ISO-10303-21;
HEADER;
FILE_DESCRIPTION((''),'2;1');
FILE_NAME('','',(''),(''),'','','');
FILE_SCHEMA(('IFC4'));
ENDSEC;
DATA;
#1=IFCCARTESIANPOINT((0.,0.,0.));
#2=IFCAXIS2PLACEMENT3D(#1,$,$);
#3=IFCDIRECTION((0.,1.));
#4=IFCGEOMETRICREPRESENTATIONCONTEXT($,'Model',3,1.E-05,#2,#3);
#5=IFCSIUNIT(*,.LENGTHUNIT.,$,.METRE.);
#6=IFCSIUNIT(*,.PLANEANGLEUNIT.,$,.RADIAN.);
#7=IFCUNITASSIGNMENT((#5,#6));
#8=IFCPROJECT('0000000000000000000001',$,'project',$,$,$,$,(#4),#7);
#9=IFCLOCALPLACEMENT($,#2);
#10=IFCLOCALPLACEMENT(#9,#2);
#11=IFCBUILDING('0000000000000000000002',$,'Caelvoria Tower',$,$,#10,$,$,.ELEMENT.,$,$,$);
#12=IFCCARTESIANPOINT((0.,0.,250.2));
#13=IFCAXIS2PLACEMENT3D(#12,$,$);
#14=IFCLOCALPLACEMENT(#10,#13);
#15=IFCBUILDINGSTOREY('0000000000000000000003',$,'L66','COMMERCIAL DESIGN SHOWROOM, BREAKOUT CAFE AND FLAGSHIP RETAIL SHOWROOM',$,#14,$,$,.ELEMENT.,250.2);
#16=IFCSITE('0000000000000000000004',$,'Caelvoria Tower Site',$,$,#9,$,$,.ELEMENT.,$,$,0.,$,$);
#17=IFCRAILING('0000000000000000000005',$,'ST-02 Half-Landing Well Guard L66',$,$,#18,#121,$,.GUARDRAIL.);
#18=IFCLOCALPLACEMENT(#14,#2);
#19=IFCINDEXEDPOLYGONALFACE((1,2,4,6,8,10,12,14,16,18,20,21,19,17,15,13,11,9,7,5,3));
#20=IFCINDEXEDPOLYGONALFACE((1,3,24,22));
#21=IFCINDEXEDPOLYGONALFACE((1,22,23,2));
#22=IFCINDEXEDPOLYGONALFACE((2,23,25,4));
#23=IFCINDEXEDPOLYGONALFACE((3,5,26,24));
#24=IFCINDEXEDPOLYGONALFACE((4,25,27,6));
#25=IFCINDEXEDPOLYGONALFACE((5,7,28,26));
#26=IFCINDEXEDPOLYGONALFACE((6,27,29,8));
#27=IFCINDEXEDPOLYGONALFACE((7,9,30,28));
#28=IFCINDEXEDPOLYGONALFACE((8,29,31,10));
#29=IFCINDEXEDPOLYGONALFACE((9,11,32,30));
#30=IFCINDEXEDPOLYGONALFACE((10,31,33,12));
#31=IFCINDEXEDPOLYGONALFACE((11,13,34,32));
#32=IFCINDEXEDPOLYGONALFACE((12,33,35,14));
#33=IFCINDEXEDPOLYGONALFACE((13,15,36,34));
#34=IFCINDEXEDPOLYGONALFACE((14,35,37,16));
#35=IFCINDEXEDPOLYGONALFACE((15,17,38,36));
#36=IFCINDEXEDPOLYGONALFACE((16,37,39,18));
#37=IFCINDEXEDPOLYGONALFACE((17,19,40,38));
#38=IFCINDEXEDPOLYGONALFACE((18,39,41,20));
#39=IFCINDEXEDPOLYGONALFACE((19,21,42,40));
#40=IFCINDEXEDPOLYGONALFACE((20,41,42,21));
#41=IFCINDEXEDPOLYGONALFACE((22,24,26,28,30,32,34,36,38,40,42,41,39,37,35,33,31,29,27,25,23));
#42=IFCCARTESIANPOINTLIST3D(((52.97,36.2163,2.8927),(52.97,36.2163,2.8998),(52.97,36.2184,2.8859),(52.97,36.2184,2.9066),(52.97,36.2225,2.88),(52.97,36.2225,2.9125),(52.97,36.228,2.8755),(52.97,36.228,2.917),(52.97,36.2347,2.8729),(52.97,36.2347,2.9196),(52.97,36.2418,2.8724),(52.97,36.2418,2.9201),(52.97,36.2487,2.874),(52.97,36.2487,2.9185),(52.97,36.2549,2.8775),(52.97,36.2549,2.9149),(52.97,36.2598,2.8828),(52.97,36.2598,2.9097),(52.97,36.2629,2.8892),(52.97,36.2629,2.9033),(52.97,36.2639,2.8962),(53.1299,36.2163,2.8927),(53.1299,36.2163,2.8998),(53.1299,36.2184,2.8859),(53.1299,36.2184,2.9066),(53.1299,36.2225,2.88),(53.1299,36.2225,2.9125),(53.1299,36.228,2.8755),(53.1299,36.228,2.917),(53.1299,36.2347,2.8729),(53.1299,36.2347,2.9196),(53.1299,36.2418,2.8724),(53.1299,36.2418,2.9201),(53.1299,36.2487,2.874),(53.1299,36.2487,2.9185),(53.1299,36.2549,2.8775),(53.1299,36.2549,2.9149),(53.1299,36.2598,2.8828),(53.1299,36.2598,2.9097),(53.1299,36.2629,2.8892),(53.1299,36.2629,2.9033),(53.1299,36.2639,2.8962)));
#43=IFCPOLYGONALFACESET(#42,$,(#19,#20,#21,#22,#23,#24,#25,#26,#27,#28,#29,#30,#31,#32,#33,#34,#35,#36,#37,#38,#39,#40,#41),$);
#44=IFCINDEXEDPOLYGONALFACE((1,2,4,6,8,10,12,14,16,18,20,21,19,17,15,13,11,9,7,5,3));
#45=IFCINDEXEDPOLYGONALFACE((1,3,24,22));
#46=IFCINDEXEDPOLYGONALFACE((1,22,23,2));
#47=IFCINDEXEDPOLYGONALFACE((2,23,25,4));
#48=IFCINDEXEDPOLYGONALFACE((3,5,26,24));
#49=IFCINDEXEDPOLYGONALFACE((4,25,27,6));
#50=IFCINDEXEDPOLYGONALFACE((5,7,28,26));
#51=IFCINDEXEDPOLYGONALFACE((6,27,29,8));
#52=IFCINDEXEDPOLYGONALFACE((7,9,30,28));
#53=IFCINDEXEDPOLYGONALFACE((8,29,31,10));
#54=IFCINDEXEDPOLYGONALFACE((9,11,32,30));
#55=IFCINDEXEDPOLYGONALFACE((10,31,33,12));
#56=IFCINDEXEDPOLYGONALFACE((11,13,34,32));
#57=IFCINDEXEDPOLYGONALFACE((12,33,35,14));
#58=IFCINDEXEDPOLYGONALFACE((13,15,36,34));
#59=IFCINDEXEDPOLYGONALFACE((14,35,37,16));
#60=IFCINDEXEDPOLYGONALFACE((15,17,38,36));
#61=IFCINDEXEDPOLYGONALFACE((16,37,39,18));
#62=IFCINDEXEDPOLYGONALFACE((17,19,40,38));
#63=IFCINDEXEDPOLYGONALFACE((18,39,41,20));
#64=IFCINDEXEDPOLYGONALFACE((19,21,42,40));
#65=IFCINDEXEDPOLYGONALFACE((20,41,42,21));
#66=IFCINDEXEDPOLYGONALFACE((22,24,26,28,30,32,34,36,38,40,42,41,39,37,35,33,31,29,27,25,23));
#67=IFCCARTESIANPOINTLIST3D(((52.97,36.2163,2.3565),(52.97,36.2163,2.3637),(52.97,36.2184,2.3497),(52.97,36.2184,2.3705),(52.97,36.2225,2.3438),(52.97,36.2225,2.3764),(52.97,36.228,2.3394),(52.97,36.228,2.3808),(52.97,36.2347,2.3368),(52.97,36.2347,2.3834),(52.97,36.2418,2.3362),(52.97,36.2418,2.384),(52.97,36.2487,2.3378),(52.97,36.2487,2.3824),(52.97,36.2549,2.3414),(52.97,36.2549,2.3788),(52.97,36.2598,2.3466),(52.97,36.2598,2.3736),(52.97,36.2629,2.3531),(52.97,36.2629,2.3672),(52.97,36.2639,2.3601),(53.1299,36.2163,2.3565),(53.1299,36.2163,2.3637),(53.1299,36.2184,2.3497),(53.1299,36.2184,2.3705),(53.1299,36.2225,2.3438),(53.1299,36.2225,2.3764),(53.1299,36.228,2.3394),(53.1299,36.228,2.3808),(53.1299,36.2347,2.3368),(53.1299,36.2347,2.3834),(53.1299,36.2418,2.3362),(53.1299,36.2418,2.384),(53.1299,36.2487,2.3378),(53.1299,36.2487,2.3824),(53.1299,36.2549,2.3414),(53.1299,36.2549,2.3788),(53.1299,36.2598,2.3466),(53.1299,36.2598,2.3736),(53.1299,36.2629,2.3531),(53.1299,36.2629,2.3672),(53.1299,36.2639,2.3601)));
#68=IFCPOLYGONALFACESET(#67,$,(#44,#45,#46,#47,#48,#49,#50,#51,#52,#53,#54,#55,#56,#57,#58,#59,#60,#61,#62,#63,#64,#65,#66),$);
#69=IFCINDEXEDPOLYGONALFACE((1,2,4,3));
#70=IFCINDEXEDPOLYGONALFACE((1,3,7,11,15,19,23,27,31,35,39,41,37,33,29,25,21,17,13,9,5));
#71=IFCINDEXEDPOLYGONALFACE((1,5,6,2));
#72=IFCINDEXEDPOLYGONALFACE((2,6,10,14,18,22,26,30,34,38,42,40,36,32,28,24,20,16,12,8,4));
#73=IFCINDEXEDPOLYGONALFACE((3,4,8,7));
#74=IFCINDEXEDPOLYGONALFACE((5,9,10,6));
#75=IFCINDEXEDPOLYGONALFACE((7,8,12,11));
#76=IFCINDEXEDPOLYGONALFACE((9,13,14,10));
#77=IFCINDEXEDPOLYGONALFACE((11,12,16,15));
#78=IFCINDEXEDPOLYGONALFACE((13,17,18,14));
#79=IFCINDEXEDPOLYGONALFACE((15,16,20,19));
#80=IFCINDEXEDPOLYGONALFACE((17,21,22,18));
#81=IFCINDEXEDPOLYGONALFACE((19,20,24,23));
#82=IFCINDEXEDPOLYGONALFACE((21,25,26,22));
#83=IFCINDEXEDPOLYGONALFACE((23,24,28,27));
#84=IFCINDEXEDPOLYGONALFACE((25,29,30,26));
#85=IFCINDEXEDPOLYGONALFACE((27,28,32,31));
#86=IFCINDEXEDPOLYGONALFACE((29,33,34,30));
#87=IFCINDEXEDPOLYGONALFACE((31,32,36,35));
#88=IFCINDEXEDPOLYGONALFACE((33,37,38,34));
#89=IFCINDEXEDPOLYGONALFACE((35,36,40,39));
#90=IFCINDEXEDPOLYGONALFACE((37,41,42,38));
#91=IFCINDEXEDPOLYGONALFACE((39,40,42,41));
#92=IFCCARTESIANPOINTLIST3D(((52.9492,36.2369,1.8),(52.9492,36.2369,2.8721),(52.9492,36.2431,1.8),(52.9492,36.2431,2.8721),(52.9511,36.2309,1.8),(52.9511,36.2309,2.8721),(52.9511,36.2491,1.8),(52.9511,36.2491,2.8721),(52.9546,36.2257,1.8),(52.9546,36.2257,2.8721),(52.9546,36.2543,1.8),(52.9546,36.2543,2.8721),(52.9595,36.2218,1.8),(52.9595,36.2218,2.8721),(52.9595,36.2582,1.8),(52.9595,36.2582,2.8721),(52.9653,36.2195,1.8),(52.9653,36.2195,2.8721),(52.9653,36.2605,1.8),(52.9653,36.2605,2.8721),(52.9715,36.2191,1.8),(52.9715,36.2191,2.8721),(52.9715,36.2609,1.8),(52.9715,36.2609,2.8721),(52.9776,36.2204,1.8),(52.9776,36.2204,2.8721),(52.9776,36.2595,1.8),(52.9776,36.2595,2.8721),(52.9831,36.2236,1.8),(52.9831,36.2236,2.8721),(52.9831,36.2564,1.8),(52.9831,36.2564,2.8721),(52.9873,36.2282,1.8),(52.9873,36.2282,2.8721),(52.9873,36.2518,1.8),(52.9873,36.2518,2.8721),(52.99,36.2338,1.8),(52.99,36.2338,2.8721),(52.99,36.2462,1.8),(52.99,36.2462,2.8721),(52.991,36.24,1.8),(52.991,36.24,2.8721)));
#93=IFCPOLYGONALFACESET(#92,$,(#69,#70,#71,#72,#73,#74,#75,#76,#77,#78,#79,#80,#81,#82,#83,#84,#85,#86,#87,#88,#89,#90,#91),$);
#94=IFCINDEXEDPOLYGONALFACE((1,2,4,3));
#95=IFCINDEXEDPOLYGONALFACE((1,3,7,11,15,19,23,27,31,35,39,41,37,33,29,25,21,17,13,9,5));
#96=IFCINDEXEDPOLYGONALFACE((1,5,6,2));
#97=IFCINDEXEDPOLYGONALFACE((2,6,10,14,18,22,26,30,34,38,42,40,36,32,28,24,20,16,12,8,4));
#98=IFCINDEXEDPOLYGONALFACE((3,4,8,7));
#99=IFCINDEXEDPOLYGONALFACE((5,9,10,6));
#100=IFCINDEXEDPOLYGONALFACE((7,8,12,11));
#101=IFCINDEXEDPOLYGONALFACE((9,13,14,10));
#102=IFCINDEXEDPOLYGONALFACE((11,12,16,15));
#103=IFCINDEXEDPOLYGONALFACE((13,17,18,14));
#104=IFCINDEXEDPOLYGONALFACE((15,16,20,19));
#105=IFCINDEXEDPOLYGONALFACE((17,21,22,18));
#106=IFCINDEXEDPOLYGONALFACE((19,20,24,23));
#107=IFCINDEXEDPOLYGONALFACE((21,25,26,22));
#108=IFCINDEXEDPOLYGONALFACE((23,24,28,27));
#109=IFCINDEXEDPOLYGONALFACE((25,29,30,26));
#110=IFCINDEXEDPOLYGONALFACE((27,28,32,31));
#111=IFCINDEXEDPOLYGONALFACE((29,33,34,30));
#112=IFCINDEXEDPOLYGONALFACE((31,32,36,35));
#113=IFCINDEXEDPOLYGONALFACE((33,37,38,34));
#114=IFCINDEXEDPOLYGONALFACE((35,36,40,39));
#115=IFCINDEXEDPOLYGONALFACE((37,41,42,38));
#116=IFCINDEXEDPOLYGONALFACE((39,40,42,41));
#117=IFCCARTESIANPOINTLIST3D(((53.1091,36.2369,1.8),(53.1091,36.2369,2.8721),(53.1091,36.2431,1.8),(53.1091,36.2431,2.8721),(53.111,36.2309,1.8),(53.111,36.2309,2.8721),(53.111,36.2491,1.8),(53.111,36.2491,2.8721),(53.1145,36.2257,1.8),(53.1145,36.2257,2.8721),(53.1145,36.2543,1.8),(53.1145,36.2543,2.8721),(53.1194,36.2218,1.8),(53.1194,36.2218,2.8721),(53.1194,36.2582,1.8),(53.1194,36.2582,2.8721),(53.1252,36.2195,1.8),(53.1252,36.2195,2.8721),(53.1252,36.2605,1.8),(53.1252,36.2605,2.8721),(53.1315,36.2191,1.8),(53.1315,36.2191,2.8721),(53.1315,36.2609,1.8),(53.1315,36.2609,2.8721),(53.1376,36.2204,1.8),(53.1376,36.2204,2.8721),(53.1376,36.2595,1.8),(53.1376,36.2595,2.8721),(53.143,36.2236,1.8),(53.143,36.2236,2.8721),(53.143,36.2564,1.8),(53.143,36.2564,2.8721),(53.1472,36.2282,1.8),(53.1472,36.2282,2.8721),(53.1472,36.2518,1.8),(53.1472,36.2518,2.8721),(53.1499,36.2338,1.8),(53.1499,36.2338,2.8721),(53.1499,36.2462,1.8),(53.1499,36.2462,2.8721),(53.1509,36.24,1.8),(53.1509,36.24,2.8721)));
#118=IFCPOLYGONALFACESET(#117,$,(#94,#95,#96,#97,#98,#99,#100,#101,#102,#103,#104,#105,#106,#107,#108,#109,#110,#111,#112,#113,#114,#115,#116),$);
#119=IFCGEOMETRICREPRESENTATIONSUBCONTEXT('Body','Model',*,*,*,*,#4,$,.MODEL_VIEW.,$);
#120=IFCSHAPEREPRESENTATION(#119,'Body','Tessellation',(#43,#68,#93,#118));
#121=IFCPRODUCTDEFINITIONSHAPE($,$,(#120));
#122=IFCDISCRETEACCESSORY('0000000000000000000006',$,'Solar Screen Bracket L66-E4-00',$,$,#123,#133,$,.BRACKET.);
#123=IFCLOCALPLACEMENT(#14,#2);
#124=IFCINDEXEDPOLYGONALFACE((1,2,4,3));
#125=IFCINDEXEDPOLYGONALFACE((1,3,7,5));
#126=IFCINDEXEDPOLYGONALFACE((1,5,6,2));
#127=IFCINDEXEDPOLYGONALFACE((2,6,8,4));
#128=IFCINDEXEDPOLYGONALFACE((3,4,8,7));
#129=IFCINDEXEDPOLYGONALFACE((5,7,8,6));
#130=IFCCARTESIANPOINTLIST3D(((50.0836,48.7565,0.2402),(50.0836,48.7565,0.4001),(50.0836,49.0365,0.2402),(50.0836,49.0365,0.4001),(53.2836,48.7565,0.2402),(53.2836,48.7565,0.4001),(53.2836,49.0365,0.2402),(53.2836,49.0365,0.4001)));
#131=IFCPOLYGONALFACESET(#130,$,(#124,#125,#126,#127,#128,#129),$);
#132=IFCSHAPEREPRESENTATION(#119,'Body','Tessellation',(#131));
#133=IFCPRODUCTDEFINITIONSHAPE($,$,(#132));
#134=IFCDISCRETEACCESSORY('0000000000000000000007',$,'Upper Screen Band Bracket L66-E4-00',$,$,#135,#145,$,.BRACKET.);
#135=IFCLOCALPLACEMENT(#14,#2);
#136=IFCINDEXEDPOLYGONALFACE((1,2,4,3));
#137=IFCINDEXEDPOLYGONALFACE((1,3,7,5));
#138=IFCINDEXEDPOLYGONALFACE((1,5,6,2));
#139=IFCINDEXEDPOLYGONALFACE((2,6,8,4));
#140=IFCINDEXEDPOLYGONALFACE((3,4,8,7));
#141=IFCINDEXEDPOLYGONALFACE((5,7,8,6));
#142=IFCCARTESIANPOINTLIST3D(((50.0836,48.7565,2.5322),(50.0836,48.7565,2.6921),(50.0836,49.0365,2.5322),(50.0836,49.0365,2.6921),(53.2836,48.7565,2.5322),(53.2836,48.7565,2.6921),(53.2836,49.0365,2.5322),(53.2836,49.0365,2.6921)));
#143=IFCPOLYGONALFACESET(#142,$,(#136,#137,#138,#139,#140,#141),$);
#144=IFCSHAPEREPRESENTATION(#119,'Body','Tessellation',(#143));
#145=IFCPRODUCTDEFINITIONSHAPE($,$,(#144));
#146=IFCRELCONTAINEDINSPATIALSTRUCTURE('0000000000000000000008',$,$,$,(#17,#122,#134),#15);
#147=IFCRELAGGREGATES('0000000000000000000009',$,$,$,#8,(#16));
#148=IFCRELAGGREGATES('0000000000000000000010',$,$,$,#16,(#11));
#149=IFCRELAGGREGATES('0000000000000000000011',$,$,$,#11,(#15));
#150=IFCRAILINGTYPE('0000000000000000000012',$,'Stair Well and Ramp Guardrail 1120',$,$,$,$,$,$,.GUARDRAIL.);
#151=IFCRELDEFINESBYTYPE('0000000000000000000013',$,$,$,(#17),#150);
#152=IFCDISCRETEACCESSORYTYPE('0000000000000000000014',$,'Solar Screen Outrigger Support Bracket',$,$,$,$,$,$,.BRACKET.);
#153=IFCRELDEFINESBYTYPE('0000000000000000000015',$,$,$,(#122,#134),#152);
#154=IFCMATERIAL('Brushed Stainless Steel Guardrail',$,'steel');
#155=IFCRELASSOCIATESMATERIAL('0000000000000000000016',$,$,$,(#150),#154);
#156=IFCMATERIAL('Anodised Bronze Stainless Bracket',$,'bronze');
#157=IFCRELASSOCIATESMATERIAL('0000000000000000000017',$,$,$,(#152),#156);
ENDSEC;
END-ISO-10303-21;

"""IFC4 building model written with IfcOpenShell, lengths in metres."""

from ifc_helpers import new_model, si_unit, direction, frame, origin, origin_2d, place, context, subcontext, project, spatial, rectangle, circle, extrude, material, type_object, element, save


model = new_model("IFC4")

# Units and contexts
model_context = context("Model", 3, precision=1e-05, world=origin(), true_north=direction((0.0, 1.0)))
body_context = subcontext(model_context, "Body", "Model", "MODEL_VIEW")
ifc_project = project(units=[si_unit("LENGTHUNIT", "METRE"), si_unit("PLANEANGLEUNIT", "RADIAN")], contexts=[model_context])

# Site, building, storey
site_placement = place(None, origin())
site = spatial("IfcSite", under=ifc_project, at=site_placement, Name="Caelvoria Tower Site", CompositionType="ELEMENT", RefElevation=0.0)
building_placement = place(site_placement, origin())
building = spatial("IfcBuilding", under=site, at=building_placement, Name="Caelvoria Tower", CompositionType="ELEMENT")
storey_placement = place(building_placement, frame((0.0, 0.0, 250.2)))
storey = spatial("IfcBuildingStorey", under=building, at=storey_placement, Name="L66", Description="COMMERCIAL DESIGN SHOWROOM, BREAKOUT CAFE AND FLAGSHIP RETAIL SHOWROOM", CompositionType="ELEMENT", Elevation=250.2)

# Railing
ifc_material_1 = material(Name="Brushed Stainless Steel Guardrail", Category="steel")
railing_type_1 = type_object("IfcRailingType", Name="Stair Well and Ramp Guardrail 1120", PredefinedType="GUARDRAIL", material=ifc_material_1)
railing_1_placement = place(storey_placement, frame((52.97, 36.24, 1.8)))
element("IfcRailing", 1, at=railing_1_placement, inside=storey, type_object=railing_type_1, Name="ST-02 Half-Landing Well Guard L66", PredefinedType="GUARDRAIL", context=body_context, shape_type="SweptSolid", body=[
    extrude(circle(Radius=0.0239, at=origin_2d()), frame((0.0, 0.0, 1.0962), z_axis=(1.0, 0.0, 0.0), x_axis=(0.0, 1.0, 0.0)), (0.0, 0.0, 1.0), 0.1599),
    extrude(circle(Radius=0.0239, at=origin_2d()), frame((0.0, 0.0, 0.5601), z_axis=(1.0, 0.0, 0.0), x_axis=(0.0, 1.0, 0.0)), (0.0, 0.0, 1.0), 0.1599),
    extrude(circle(Radius=0.021, at=origin_2d()), origin(), (0.0, 0.0, 1.0), 1.072),
    extrude(circle(Radius=0.021, at=origin_2d()), frame((0.1599, 0.0, 0.0)), (0.0, 0.0, 1.0), 1.072),
])

# Discrete accessories
ifc_material_2 = material(Name="Anodised Bronze Stainless Bracket", Category="bronze")
discrete_accessory_type = type_object("IfcDiscreteAccessoryType", Name="Solar Screen Outrigger Support Bracket", PredefinedType="BRACKET", material=ifc_material_2)
for number, where, z_axis, x_axis, name in (
    (2, (51.6836, 48.8965, 0.2402), (0.0, 0.0, 1.0), (-1.0, 0.0, 0.0), "Solar Screen Bracket L66-E4-00"),
    (3, (51.6836, 48.8965, 2.5322), (0.0, 0.0, 1.0), (-1.0, 0.0, 0.0), "Upper Screen Band Bracket L66-E4-00"),
):
    element("IfcDiscreteAccessory", number, at=place(storey_placement, frame(where, z_axis=z_axis, x_axis=x_axis)), inside=storey, type_object=discrete_accessory_type, Name=name, PredefinedType="BRACKET", context=body_context, shape_type="SweptSolid", body=[
        extrude(rectangle(XDim=3.2, YDim=0.28, at=origin_2d()), origin(), (0.0, 0.0, 1.0), 0.1599),
    ])

save(model, "model.ifc")
